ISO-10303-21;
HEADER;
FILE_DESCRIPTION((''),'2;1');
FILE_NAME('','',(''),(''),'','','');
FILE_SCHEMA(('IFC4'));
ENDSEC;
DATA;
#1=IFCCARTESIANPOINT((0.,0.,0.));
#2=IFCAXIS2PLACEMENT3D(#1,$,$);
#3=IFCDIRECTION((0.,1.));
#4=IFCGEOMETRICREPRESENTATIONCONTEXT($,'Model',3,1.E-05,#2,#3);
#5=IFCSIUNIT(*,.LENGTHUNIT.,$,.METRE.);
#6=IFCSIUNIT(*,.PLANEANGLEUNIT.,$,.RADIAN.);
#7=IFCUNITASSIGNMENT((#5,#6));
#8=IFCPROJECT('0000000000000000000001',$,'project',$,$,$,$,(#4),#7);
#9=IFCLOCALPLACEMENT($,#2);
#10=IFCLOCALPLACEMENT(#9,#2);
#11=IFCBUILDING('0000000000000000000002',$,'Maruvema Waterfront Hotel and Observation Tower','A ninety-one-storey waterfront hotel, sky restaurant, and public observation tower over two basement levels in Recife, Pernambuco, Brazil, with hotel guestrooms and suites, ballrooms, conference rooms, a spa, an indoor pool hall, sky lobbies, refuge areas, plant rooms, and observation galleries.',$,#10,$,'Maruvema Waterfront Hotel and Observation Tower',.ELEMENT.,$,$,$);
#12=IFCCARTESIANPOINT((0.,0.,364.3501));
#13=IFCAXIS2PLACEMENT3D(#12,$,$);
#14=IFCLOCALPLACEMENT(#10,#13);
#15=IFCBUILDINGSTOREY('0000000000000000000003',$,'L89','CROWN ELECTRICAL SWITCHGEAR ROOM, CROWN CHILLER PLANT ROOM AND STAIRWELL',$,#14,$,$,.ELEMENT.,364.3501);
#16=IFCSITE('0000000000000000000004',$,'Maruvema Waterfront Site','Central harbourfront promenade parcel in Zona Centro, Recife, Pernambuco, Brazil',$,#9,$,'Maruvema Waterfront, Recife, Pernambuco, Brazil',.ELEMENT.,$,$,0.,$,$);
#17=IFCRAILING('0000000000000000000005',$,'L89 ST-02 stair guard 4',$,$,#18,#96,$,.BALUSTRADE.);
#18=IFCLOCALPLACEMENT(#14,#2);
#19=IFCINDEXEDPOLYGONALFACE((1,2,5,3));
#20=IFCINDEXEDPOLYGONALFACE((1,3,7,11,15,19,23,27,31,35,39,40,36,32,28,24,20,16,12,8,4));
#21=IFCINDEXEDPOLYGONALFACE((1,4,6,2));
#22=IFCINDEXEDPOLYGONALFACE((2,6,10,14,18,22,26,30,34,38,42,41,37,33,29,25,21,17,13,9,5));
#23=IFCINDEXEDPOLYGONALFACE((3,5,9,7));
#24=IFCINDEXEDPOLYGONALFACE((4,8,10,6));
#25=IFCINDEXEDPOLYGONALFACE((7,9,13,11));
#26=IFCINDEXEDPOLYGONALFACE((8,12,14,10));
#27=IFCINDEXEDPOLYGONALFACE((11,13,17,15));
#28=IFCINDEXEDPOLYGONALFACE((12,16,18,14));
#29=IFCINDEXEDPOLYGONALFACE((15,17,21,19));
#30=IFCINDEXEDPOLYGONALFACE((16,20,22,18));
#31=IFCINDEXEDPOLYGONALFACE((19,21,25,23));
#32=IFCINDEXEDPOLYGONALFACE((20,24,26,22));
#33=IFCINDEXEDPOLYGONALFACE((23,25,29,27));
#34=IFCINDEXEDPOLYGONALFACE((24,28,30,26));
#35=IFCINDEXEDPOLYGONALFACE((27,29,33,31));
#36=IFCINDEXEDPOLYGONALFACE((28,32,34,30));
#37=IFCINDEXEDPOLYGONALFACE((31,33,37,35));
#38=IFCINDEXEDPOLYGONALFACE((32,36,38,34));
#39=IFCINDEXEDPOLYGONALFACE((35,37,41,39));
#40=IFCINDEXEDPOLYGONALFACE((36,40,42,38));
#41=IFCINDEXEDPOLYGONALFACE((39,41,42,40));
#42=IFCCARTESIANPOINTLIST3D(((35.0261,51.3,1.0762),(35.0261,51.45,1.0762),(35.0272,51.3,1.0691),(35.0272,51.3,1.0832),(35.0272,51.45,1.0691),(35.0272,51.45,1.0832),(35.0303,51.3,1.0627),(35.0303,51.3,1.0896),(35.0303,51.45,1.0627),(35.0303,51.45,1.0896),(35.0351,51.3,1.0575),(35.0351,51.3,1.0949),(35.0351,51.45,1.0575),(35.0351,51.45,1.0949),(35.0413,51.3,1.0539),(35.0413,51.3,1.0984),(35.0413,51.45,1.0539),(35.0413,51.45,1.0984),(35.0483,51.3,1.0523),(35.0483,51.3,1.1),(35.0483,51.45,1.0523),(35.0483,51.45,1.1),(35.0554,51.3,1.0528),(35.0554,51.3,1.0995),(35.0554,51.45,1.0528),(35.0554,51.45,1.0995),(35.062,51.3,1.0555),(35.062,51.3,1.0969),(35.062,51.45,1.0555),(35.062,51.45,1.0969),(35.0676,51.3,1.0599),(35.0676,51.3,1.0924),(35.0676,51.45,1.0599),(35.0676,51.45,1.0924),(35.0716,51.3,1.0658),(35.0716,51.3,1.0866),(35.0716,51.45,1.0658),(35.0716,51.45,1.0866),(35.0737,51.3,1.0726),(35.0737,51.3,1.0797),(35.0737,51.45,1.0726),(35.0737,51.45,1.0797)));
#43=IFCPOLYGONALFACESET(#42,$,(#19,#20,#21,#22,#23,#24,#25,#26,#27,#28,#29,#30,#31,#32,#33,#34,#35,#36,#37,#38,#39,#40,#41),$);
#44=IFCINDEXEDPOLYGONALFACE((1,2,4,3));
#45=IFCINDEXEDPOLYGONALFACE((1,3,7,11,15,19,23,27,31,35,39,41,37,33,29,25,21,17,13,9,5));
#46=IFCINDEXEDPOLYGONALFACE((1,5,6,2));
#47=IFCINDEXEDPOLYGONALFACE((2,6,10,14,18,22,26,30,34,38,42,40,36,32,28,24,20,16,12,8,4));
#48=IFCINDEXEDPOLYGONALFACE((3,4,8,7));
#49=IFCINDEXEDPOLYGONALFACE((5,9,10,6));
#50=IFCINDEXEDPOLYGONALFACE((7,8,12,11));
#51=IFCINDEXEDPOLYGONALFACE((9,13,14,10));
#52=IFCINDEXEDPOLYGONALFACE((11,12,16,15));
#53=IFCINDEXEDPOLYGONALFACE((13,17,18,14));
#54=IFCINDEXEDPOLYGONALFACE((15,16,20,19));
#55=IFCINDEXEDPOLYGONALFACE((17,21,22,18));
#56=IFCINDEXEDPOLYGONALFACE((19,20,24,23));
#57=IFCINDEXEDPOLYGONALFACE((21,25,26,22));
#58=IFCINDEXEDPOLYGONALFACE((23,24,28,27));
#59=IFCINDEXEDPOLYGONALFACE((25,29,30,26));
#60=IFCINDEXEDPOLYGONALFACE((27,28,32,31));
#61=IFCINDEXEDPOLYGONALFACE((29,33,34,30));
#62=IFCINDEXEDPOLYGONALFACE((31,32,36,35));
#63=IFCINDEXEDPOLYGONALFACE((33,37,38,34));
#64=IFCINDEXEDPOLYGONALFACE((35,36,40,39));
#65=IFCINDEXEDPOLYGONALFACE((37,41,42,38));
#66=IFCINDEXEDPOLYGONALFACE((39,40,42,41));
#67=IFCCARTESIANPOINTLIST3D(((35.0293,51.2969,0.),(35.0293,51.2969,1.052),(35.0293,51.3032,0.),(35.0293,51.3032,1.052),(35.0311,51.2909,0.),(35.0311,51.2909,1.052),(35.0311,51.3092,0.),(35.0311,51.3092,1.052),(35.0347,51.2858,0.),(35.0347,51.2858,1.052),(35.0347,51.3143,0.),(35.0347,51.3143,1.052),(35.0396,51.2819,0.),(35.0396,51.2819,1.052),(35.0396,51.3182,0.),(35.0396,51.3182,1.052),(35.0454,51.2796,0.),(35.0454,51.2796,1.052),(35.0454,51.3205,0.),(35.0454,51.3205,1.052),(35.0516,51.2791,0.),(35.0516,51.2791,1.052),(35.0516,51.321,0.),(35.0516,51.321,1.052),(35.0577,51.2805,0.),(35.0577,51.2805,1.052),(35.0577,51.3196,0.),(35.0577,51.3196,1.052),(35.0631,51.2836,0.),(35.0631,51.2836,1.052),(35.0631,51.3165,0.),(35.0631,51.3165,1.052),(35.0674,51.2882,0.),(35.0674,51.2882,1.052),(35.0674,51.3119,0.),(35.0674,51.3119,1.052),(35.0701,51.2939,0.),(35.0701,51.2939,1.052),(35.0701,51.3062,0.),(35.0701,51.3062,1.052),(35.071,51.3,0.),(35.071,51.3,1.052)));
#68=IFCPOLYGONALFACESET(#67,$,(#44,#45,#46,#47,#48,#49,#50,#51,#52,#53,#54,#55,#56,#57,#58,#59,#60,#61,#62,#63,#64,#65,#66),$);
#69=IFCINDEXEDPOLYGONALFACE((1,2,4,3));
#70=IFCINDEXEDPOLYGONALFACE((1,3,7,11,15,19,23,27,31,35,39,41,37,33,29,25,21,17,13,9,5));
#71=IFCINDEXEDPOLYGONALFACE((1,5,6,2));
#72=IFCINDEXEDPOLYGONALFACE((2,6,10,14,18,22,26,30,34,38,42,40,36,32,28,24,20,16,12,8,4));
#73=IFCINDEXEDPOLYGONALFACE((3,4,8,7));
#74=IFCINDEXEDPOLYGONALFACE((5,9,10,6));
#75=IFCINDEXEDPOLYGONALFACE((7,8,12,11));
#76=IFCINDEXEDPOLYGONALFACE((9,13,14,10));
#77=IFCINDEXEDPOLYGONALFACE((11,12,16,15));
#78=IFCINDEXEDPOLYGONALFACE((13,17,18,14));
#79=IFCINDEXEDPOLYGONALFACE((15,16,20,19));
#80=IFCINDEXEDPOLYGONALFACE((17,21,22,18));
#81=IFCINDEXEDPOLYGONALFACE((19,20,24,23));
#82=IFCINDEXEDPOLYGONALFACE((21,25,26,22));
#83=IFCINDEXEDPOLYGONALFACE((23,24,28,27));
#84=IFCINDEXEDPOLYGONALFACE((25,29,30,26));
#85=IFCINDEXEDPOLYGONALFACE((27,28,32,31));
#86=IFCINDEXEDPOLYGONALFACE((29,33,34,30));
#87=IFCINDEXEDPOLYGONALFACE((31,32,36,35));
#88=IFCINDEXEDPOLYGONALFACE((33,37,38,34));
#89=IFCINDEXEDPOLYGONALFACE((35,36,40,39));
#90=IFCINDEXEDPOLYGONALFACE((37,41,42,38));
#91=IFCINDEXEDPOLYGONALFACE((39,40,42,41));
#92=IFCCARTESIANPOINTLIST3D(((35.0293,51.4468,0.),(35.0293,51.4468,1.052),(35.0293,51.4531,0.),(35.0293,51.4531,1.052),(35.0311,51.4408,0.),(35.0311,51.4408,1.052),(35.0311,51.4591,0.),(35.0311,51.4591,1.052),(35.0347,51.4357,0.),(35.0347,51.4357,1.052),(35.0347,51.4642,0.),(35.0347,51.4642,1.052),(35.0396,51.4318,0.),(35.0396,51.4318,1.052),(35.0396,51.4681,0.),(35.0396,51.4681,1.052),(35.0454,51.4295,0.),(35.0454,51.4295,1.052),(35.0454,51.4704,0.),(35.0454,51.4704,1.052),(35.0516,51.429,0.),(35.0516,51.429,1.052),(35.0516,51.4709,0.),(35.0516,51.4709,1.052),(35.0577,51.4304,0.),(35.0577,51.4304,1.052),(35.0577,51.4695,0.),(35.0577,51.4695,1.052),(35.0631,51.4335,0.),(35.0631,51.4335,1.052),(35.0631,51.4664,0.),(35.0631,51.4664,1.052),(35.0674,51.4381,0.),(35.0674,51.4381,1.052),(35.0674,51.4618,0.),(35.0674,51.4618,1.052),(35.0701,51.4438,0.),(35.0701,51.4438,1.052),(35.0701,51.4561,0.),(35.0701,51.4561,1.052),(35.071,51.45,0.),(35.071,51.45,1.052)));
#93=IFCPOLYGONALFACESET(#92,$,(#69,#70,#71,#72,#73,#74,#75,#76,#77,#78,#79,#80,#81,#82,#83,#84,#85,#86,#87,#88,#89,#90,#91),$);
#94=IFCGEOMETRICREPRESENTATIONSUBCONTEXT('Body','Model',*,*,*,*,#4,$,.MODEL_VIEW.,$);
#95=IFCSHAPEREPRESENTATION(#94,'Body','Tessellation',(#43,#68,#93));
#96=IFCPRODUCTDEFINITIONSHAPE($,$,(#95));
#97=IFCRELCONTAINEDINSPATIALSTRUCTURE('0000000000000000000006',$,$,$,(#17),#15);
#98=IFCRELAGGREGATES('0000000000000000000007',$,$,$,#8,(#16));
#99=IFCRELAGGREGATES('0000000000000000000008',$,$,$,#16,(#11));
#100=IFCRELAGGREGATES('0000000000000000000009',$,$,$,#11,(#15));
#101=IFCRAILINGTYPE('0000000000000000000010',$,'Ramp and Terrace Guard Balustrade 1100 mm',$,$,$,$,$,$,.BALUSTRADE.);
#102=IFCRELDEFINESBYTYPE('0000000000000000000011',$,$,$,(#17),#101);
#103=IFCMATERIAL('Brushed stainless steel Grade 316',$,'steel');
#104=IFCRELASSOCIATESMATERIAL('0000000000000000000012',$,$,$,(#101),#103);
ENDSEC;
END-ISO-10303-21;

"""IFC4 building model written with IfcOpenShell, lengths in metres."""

from ifc_helpers import new_model, si_unit, direction, frame, origin, origin_2d, place, context, subcontext, project, spatial, circle, extrude, material, type_object, element, save


model = new_model("IFC4")

# Units and contexts
model_context = context("Model", 3, precision=1e-05, world=origin(), true_north=direction((0.0, 1.0)))
body_context = subcontext(model_context, "Body", "Model", "MODEL_VIEW")
ifc_project = project(units=[si_unit("LENGTHUNIT", "METRE"), si_unit("PLANEANGLEUNIT", "RADIAN")], contexts=[model_context])

# Site, building, storey
site_placement = place(None, origin())
site = spatial("IfcSite", under=ifc_project, at=site_placement, Name="Maruvema Waterfront Site", Description="Central harbourfront promenade parcel in Zona Centro, Recife, Pernambuco, Brazil", LongName="Maruvema Waterfront, Recife, Pernambuco, Brazil", CompositionType="ELEMENT", RefElevation=0.0)
building_placement = place(site_placement, origin())
building = spatial("IfcBuilding", under=site, at=building_placement, Name="Maruvema Waterfront Hotel and Observation Tower", Description="A ninety-one-storey waterfront hotel, sky restaurant, and public observation tower over two basement levels in Recife, Pernambuco, Brazil, with hotel guestrooms and suites, ballrooms, conference rooms, a spa, an indoor pool hall, sky lobbies, refuge areas, plant rooms, and observation galleries.", LongName="Maruvema Waterfront Hotel and Observation Tower", CompositionType="ELEMENT")
storey_placement = place(building_placement, frame((0.0, 0.0, 364.3501)))
storey = spatial("IfcBuildingStorey", under=building, at=storey_placement, Name="L89", Description="CROWN ELECTRICAL SWITCHGEAR ROOM, CROWN CHILLER PLANT ROOM AND STAIRWELL", CompositionType="ELEMENT", Elevation=364.3501)

# Railing
ifc_material_1 = material(Name="Brushed stainless steel Grade 316", Category="steel")
railing_type_1 = type_object("IfcRailingType", Name="Ramp and Terrace Guard Balustrade 1100 mm", PredefinedType="BALUSTRADE", material=ifc_material_1)
railing_1_placement = place(storey_placement, frame((35.05, 51.3, 0.0)))
element("IfcRailing", 1, at=railing_1_placement, inside=storey, type_object=railing_type_1, Name="L89 ST-02 stair guard 4", PredefinedType="BALUSTRADE", context=body_context, shape_type="SweptSolid", body=[
    extrude(circle(Radius=0.0239, at=origin_2d()), frame((0.0, 0.0, 1.0762), z_axis=(0.0, 1.0, 0.0), x_axis=(-1.0, 0.0, 0.0)), (0.0, 0.0, 1.0), 0.1499),
    extrude(circle(Radius=0.021, at=origin_2d()), origin(), (0.0, 0.0, 1.0), 1.052),
    extrude(circle(Radius=0.021, at=origin_2d()), frame((0.0, 0.1499, 0.0)), (0.0, 0.0, 1.0), 1.052),
])

save(model, "model.ifc")
